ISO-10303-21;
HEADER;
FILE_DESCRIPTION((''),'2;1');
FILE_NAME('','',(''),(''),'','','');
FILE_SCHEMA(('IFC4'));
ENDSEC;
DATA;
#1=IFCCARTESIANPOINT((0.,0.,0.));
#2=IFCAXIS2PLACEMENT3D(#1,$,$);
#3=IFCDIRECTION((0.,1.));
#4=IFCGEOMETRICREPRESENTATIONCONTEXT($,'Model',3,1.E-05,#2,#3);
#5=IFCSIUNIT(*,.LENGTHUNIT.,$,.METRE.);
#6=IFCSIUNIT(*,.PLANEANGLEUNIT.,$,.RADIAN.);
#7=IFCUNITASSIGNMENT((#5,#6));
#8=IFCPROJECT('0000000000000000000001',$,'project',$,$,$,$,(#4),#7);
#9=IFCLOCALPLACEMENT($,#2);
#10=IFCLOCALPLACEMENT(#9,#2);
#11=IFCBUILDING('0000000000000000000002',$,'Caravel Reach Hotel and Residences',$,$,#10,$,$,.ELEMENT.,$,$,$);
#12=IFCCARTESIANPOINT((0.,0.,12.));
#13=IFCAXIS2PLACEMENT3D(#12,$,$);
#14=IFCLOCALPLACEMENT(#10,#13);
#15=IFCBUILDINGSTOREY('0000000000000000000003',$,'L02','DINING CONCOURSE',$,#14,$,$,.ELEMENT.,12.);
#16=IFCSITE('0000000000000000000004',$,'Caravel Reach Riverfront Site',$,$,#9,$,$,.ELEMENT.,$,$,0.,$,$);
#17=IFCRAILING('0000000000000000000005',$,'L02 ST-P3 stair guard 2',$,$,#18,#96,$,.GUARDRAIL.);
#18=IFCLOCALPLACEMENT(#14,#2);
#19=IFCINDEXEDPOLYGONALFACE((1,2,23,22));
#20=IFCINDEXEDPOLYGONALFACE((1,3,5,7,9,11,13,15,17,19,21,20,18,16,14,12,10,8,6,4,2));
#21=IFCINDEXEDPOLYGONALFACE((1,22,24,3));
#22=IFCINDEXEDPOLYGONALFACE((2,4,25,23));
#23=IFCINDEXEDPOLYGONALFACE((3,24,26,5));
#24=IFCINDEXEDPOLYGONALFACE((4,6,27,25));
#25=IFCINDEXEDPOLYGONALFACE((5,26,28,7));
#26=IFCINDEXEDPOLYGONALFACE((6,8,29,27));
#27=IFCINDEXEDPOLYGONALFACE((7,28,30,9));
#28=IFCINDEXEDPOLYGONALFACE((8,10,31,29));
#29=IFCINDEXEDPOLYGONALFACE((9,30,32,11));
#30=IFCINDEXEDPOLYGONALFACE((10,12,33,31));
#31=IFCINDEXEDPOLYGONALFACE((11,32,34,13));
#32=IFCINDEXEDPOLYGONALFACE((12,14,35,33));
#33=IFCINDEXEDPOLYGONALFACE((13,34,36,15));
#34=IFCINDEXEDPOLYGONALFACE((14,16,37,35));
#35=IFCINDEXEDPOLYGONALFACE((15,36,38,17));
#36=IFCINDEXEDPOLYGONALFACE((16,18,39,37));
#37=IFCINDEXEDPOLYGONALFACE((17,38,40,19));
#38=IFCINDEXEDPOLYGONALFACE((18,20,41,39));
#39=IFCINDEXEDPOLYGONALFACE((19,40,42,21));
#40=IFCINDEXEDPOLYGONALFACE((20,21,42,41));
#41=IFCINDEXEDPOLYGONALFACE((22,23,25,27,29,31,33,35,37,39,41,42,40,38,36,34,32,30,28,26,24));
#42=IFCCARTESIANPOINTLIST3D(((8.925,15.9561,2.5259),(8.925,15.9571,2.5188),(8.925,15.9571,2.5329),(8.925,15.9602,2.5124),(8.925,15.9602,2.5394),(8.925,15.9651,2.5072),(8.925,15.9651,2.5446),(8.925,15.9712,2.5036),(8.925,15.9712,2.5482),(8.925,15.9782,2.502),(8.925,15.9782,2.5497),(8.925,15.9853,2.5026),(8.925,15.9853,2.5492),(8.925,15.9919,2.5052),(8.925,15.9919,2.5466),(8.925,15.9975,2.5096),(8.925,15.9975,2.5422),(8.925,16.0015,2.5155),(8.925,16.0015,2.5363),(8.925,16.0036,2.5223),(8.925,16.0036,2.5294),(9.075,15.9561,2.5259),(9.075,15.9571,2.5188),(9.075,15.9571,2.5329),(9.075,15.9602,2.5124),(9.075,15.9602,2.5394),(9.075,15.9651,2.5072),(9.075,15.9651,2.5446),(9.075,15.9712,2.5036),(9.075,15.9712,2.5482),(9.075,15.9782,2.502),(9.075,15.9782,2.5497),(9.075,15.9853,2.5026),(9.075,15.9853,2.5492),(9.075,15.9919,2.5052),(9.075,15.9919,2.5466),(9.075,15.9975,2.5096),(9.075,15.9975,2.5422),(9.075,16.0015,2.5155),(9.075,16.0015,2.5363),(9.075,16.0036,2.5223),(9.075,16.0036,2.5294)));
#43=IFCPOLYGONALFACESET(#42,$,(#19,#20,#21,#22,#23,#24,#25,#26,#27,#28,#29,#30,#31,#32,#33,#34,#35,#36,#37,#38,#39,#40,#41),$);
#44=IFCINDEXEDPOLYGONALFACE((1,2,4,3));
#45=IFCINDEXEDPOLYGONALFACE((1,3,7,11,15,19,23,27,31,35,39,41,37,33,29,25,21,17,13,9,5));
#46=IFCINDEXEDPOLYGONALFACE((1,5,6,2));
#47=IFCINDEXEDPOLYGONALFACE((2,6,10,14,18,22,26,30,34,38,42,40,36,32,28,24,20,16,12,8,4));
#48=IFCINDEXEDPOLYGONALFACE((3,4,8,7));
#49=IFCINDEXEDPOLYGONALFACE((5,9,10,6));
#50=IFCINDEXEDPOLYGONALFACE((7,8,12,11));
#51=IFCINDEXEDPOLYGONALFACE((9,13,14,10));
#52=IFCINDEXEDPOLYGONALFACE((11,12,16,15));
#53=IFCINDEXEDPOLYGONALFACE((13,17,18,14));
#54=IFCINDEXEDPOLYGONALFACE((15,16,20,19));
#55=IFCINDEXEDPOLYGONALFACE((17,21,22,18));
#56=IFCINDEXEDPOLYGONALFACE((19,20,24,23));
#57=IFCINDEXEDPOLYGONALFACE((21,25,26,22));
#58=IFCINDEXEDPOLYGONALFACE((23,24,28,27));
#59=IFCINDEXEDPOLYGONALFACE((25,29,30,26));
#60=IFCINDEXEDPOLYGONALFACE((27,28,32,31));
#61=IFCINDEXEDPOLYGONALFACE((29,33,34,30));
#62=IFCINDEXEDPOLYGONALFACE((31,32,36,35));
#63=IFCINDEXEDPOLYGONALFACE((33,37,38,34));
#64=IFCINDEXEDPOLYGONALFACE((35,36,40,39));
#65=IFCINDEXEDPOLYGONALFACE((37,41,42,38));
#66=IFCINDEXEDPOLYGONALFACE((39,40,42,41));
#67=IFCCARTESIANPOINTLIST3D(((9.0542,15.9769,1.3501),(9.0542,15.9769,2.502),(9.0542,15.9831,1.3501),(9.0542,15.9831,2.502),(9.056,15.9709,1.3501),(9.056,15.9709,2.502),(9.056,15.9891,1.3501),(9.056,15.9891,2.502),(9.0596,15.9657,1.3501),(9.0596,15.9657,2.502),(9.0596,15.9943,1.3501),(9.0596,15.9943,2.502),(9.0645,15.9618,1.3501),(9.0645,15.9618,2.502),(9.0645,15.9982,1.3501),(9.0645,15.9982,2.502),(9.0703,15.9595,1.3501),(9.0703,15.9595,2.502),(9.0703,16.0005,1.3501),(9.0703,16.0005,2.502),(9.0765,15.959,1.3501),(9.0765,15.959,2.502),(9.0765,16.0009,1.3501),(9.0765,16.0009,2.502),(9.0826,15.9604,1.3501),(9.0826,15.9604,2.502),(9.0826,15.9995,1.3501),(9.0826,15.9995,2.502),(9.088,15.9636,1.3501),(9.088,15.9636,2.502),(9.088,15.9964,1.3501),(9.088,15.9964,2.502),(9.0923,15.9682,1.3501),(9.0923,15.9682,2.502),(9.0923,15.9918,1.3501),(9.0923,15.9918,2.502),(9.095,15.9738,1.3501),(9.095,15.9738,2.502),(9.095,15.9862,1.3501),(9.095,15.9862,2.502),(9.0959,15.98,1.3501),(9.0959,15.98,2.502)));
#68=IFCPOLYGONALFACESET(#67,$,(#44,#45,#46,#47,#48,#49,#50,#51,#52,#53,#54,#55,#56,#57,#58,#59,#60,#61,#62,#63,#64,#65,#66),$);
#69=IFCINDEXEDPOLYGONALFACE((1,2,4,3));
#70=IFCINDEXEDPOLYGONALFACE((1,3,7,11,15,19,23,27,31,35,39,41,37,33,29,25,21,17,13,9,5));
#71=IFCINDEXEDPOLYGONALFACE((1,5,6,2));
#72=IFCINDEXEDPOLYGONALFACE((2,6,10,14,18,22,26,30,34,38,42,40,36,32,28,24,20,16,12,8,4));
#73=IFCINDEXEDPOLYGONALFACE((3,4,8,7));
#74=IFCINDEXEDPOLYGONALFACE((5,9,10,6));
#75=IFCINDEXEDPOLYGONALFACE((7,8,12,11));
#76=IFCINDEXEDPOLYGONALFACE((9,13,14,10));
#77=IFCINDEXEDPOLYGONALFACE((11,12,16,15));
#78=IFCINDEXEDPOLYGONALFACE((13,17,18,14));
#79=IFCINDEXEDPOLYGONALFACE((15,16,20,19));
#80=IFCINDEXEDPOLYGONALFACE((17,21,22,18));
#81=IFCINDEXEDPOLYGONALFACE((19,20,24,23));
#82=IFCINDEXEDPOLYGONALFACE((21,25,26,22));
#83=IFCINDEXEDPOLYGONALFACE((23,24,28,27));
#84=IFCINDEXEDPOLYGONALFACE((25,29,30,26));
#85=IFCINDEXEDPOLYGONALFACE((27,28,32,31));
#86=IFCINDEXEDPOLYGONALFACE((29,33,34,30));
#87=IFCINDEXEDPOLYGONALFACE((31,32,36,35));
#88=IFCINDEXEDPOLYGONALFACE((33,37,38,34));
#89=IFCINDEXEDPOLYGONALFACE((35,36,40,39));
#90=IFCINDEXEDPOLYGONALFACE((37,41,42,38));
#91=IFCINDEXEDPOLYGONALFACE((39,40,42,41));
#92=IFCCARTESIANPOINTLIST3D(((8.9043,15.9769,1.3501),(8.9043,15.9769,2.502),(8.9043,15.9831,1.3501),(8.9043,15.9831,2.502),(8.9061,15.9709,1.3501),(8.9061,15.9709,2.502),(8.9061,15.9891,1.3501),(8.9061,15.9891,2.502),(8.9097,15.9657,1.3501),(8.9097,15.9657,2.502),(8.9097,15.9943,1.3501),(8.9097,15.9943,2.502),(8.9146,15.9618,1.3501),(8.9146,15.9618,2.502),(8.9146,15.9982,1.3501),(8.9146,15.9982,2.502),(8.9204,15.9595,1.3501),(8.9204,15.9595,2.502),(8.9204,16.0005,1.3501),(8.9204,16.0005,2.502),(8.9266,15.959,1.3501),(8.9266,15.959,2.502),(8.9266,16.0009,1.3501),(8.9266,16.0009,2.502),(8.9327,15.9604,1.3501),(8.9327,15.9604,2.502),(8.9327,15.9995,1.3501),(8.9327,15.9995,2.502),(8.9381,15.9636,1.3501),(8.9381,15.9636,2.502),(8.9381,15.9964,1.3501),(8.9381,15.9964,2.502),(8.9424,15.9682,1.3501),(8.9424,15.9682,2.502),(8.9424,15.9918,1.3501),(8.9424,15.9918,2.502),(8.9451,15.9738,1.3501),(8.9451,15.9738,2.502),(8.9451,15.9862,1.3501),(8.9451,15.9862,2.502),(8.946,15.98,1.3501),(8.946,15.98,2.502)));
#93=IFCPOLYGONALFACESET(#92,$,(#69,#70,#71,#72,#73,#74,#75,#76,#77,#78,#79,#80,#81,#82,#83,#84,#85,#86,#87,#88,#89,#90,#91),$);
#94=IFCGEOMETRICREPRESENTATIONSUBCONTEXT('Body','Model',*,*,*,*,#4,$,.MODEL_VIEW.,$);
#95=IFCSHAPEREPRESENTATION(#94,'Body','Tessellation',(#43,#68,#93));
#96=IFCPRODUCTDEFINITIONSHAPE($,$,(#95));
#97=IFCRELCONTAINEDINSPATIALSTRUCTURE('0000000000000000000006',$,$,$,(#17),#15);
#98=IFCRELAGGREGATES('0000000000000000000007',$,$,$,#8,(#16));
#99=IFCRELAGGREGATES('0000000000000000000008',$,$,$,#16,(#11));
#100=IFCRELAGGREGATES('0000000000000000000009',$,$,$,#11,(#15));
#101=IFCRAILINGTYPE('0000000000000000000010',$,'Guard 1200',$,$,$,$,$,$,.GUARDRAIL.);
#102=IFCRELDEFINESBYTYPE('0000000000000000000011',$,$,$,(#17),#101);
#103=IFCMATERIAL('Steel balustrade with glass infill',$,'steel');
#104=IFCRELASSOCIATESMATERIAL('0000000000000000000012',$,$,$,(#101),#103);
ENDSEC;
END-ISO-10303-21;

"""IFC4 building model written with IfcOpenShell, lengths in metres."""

from ifc_helpers import new_model, si_unit, direction, frame, origin, origin_2d, place, context, subcontext, project, spatial, circle, extrude, material, type_object, element, save


model = new_model("IFC4")

# Units and contexts
model_context = context("Model", 3, precision=1e-05, world=origin(), true_north=direction((0.0, 1.0)))
body_context = subcontext(model_context, "Body", "Model", "MODEL_VIEW")
ifc_project = project(units=[si_unit("LENGTHUNIT", "METRE"), si_unit("PLANEANGLEUNIT", "RADIAN")], contexts=[model_context])

# Site, building, storey
site_placement = place(None, origin())
site = spatial("IfcSite", under=ifc_project, at=site_placement, Name="Caravel Reach Riverfront Site", CompositionType="ELEMENT", RefElevation=0.0)
building_placement = place(site_placement, origin())
building = spatial("IfcBuilding", under=site, at=building_placement, Name="Caravel Reach Hotel and Residences", CompositionType="ELEMENT")
storey_placement = place(building_placement, frame((0.0, 0.0, 12.0)))
storey = spatial("IfcBuildingStorey", under=building, at=storey_placement, Name="L02", Description="DINING CONCOURSE", CompositionType="ELEMENT", Elevation=12.0)

# Railing
ifc_material_1 = material(Name="Steel balustrade with glass infill", Category="steel")
railing_type_1 = type_object("IfcRailingType", Name="Guard 1200", PredefinedType="GUARDRAIL", material=ifc_material_1)
railing_1_placement = place(storey_placement, frame((9.075, 15.98, 1.3501)))
element("IfcRailing", 1, at=railing_1_placement, inside=storey, type_object=railing_type_1, Name="L02 ST-P3 stair guard 2", PredefinedType="GUARDRAIL", context=body_context, shape_type="SweptSolid", body=[
    extrude(circle(Radius=0.0239, at=origin_2d()), frame((0.0, 0.0, 1.1758), z_axis=(-1.0, 0.0, 0.0), x_axis=(0.0, -1.0, 0.0)), (0.0, 0.0, 1.0), 0.1499),
    extrude(circle(Radius=0.021, at=origin_2d()), origin(), (0.0, 0.0, 1.0), 1.1519),
    extrude(circle(Radius=0.021, at=origin_2d()), frame((-0.1499, 0.0, 0.0)), (0.0, 0.0, 1.0), 1.1519),
])

save(model, "model.ifc")
